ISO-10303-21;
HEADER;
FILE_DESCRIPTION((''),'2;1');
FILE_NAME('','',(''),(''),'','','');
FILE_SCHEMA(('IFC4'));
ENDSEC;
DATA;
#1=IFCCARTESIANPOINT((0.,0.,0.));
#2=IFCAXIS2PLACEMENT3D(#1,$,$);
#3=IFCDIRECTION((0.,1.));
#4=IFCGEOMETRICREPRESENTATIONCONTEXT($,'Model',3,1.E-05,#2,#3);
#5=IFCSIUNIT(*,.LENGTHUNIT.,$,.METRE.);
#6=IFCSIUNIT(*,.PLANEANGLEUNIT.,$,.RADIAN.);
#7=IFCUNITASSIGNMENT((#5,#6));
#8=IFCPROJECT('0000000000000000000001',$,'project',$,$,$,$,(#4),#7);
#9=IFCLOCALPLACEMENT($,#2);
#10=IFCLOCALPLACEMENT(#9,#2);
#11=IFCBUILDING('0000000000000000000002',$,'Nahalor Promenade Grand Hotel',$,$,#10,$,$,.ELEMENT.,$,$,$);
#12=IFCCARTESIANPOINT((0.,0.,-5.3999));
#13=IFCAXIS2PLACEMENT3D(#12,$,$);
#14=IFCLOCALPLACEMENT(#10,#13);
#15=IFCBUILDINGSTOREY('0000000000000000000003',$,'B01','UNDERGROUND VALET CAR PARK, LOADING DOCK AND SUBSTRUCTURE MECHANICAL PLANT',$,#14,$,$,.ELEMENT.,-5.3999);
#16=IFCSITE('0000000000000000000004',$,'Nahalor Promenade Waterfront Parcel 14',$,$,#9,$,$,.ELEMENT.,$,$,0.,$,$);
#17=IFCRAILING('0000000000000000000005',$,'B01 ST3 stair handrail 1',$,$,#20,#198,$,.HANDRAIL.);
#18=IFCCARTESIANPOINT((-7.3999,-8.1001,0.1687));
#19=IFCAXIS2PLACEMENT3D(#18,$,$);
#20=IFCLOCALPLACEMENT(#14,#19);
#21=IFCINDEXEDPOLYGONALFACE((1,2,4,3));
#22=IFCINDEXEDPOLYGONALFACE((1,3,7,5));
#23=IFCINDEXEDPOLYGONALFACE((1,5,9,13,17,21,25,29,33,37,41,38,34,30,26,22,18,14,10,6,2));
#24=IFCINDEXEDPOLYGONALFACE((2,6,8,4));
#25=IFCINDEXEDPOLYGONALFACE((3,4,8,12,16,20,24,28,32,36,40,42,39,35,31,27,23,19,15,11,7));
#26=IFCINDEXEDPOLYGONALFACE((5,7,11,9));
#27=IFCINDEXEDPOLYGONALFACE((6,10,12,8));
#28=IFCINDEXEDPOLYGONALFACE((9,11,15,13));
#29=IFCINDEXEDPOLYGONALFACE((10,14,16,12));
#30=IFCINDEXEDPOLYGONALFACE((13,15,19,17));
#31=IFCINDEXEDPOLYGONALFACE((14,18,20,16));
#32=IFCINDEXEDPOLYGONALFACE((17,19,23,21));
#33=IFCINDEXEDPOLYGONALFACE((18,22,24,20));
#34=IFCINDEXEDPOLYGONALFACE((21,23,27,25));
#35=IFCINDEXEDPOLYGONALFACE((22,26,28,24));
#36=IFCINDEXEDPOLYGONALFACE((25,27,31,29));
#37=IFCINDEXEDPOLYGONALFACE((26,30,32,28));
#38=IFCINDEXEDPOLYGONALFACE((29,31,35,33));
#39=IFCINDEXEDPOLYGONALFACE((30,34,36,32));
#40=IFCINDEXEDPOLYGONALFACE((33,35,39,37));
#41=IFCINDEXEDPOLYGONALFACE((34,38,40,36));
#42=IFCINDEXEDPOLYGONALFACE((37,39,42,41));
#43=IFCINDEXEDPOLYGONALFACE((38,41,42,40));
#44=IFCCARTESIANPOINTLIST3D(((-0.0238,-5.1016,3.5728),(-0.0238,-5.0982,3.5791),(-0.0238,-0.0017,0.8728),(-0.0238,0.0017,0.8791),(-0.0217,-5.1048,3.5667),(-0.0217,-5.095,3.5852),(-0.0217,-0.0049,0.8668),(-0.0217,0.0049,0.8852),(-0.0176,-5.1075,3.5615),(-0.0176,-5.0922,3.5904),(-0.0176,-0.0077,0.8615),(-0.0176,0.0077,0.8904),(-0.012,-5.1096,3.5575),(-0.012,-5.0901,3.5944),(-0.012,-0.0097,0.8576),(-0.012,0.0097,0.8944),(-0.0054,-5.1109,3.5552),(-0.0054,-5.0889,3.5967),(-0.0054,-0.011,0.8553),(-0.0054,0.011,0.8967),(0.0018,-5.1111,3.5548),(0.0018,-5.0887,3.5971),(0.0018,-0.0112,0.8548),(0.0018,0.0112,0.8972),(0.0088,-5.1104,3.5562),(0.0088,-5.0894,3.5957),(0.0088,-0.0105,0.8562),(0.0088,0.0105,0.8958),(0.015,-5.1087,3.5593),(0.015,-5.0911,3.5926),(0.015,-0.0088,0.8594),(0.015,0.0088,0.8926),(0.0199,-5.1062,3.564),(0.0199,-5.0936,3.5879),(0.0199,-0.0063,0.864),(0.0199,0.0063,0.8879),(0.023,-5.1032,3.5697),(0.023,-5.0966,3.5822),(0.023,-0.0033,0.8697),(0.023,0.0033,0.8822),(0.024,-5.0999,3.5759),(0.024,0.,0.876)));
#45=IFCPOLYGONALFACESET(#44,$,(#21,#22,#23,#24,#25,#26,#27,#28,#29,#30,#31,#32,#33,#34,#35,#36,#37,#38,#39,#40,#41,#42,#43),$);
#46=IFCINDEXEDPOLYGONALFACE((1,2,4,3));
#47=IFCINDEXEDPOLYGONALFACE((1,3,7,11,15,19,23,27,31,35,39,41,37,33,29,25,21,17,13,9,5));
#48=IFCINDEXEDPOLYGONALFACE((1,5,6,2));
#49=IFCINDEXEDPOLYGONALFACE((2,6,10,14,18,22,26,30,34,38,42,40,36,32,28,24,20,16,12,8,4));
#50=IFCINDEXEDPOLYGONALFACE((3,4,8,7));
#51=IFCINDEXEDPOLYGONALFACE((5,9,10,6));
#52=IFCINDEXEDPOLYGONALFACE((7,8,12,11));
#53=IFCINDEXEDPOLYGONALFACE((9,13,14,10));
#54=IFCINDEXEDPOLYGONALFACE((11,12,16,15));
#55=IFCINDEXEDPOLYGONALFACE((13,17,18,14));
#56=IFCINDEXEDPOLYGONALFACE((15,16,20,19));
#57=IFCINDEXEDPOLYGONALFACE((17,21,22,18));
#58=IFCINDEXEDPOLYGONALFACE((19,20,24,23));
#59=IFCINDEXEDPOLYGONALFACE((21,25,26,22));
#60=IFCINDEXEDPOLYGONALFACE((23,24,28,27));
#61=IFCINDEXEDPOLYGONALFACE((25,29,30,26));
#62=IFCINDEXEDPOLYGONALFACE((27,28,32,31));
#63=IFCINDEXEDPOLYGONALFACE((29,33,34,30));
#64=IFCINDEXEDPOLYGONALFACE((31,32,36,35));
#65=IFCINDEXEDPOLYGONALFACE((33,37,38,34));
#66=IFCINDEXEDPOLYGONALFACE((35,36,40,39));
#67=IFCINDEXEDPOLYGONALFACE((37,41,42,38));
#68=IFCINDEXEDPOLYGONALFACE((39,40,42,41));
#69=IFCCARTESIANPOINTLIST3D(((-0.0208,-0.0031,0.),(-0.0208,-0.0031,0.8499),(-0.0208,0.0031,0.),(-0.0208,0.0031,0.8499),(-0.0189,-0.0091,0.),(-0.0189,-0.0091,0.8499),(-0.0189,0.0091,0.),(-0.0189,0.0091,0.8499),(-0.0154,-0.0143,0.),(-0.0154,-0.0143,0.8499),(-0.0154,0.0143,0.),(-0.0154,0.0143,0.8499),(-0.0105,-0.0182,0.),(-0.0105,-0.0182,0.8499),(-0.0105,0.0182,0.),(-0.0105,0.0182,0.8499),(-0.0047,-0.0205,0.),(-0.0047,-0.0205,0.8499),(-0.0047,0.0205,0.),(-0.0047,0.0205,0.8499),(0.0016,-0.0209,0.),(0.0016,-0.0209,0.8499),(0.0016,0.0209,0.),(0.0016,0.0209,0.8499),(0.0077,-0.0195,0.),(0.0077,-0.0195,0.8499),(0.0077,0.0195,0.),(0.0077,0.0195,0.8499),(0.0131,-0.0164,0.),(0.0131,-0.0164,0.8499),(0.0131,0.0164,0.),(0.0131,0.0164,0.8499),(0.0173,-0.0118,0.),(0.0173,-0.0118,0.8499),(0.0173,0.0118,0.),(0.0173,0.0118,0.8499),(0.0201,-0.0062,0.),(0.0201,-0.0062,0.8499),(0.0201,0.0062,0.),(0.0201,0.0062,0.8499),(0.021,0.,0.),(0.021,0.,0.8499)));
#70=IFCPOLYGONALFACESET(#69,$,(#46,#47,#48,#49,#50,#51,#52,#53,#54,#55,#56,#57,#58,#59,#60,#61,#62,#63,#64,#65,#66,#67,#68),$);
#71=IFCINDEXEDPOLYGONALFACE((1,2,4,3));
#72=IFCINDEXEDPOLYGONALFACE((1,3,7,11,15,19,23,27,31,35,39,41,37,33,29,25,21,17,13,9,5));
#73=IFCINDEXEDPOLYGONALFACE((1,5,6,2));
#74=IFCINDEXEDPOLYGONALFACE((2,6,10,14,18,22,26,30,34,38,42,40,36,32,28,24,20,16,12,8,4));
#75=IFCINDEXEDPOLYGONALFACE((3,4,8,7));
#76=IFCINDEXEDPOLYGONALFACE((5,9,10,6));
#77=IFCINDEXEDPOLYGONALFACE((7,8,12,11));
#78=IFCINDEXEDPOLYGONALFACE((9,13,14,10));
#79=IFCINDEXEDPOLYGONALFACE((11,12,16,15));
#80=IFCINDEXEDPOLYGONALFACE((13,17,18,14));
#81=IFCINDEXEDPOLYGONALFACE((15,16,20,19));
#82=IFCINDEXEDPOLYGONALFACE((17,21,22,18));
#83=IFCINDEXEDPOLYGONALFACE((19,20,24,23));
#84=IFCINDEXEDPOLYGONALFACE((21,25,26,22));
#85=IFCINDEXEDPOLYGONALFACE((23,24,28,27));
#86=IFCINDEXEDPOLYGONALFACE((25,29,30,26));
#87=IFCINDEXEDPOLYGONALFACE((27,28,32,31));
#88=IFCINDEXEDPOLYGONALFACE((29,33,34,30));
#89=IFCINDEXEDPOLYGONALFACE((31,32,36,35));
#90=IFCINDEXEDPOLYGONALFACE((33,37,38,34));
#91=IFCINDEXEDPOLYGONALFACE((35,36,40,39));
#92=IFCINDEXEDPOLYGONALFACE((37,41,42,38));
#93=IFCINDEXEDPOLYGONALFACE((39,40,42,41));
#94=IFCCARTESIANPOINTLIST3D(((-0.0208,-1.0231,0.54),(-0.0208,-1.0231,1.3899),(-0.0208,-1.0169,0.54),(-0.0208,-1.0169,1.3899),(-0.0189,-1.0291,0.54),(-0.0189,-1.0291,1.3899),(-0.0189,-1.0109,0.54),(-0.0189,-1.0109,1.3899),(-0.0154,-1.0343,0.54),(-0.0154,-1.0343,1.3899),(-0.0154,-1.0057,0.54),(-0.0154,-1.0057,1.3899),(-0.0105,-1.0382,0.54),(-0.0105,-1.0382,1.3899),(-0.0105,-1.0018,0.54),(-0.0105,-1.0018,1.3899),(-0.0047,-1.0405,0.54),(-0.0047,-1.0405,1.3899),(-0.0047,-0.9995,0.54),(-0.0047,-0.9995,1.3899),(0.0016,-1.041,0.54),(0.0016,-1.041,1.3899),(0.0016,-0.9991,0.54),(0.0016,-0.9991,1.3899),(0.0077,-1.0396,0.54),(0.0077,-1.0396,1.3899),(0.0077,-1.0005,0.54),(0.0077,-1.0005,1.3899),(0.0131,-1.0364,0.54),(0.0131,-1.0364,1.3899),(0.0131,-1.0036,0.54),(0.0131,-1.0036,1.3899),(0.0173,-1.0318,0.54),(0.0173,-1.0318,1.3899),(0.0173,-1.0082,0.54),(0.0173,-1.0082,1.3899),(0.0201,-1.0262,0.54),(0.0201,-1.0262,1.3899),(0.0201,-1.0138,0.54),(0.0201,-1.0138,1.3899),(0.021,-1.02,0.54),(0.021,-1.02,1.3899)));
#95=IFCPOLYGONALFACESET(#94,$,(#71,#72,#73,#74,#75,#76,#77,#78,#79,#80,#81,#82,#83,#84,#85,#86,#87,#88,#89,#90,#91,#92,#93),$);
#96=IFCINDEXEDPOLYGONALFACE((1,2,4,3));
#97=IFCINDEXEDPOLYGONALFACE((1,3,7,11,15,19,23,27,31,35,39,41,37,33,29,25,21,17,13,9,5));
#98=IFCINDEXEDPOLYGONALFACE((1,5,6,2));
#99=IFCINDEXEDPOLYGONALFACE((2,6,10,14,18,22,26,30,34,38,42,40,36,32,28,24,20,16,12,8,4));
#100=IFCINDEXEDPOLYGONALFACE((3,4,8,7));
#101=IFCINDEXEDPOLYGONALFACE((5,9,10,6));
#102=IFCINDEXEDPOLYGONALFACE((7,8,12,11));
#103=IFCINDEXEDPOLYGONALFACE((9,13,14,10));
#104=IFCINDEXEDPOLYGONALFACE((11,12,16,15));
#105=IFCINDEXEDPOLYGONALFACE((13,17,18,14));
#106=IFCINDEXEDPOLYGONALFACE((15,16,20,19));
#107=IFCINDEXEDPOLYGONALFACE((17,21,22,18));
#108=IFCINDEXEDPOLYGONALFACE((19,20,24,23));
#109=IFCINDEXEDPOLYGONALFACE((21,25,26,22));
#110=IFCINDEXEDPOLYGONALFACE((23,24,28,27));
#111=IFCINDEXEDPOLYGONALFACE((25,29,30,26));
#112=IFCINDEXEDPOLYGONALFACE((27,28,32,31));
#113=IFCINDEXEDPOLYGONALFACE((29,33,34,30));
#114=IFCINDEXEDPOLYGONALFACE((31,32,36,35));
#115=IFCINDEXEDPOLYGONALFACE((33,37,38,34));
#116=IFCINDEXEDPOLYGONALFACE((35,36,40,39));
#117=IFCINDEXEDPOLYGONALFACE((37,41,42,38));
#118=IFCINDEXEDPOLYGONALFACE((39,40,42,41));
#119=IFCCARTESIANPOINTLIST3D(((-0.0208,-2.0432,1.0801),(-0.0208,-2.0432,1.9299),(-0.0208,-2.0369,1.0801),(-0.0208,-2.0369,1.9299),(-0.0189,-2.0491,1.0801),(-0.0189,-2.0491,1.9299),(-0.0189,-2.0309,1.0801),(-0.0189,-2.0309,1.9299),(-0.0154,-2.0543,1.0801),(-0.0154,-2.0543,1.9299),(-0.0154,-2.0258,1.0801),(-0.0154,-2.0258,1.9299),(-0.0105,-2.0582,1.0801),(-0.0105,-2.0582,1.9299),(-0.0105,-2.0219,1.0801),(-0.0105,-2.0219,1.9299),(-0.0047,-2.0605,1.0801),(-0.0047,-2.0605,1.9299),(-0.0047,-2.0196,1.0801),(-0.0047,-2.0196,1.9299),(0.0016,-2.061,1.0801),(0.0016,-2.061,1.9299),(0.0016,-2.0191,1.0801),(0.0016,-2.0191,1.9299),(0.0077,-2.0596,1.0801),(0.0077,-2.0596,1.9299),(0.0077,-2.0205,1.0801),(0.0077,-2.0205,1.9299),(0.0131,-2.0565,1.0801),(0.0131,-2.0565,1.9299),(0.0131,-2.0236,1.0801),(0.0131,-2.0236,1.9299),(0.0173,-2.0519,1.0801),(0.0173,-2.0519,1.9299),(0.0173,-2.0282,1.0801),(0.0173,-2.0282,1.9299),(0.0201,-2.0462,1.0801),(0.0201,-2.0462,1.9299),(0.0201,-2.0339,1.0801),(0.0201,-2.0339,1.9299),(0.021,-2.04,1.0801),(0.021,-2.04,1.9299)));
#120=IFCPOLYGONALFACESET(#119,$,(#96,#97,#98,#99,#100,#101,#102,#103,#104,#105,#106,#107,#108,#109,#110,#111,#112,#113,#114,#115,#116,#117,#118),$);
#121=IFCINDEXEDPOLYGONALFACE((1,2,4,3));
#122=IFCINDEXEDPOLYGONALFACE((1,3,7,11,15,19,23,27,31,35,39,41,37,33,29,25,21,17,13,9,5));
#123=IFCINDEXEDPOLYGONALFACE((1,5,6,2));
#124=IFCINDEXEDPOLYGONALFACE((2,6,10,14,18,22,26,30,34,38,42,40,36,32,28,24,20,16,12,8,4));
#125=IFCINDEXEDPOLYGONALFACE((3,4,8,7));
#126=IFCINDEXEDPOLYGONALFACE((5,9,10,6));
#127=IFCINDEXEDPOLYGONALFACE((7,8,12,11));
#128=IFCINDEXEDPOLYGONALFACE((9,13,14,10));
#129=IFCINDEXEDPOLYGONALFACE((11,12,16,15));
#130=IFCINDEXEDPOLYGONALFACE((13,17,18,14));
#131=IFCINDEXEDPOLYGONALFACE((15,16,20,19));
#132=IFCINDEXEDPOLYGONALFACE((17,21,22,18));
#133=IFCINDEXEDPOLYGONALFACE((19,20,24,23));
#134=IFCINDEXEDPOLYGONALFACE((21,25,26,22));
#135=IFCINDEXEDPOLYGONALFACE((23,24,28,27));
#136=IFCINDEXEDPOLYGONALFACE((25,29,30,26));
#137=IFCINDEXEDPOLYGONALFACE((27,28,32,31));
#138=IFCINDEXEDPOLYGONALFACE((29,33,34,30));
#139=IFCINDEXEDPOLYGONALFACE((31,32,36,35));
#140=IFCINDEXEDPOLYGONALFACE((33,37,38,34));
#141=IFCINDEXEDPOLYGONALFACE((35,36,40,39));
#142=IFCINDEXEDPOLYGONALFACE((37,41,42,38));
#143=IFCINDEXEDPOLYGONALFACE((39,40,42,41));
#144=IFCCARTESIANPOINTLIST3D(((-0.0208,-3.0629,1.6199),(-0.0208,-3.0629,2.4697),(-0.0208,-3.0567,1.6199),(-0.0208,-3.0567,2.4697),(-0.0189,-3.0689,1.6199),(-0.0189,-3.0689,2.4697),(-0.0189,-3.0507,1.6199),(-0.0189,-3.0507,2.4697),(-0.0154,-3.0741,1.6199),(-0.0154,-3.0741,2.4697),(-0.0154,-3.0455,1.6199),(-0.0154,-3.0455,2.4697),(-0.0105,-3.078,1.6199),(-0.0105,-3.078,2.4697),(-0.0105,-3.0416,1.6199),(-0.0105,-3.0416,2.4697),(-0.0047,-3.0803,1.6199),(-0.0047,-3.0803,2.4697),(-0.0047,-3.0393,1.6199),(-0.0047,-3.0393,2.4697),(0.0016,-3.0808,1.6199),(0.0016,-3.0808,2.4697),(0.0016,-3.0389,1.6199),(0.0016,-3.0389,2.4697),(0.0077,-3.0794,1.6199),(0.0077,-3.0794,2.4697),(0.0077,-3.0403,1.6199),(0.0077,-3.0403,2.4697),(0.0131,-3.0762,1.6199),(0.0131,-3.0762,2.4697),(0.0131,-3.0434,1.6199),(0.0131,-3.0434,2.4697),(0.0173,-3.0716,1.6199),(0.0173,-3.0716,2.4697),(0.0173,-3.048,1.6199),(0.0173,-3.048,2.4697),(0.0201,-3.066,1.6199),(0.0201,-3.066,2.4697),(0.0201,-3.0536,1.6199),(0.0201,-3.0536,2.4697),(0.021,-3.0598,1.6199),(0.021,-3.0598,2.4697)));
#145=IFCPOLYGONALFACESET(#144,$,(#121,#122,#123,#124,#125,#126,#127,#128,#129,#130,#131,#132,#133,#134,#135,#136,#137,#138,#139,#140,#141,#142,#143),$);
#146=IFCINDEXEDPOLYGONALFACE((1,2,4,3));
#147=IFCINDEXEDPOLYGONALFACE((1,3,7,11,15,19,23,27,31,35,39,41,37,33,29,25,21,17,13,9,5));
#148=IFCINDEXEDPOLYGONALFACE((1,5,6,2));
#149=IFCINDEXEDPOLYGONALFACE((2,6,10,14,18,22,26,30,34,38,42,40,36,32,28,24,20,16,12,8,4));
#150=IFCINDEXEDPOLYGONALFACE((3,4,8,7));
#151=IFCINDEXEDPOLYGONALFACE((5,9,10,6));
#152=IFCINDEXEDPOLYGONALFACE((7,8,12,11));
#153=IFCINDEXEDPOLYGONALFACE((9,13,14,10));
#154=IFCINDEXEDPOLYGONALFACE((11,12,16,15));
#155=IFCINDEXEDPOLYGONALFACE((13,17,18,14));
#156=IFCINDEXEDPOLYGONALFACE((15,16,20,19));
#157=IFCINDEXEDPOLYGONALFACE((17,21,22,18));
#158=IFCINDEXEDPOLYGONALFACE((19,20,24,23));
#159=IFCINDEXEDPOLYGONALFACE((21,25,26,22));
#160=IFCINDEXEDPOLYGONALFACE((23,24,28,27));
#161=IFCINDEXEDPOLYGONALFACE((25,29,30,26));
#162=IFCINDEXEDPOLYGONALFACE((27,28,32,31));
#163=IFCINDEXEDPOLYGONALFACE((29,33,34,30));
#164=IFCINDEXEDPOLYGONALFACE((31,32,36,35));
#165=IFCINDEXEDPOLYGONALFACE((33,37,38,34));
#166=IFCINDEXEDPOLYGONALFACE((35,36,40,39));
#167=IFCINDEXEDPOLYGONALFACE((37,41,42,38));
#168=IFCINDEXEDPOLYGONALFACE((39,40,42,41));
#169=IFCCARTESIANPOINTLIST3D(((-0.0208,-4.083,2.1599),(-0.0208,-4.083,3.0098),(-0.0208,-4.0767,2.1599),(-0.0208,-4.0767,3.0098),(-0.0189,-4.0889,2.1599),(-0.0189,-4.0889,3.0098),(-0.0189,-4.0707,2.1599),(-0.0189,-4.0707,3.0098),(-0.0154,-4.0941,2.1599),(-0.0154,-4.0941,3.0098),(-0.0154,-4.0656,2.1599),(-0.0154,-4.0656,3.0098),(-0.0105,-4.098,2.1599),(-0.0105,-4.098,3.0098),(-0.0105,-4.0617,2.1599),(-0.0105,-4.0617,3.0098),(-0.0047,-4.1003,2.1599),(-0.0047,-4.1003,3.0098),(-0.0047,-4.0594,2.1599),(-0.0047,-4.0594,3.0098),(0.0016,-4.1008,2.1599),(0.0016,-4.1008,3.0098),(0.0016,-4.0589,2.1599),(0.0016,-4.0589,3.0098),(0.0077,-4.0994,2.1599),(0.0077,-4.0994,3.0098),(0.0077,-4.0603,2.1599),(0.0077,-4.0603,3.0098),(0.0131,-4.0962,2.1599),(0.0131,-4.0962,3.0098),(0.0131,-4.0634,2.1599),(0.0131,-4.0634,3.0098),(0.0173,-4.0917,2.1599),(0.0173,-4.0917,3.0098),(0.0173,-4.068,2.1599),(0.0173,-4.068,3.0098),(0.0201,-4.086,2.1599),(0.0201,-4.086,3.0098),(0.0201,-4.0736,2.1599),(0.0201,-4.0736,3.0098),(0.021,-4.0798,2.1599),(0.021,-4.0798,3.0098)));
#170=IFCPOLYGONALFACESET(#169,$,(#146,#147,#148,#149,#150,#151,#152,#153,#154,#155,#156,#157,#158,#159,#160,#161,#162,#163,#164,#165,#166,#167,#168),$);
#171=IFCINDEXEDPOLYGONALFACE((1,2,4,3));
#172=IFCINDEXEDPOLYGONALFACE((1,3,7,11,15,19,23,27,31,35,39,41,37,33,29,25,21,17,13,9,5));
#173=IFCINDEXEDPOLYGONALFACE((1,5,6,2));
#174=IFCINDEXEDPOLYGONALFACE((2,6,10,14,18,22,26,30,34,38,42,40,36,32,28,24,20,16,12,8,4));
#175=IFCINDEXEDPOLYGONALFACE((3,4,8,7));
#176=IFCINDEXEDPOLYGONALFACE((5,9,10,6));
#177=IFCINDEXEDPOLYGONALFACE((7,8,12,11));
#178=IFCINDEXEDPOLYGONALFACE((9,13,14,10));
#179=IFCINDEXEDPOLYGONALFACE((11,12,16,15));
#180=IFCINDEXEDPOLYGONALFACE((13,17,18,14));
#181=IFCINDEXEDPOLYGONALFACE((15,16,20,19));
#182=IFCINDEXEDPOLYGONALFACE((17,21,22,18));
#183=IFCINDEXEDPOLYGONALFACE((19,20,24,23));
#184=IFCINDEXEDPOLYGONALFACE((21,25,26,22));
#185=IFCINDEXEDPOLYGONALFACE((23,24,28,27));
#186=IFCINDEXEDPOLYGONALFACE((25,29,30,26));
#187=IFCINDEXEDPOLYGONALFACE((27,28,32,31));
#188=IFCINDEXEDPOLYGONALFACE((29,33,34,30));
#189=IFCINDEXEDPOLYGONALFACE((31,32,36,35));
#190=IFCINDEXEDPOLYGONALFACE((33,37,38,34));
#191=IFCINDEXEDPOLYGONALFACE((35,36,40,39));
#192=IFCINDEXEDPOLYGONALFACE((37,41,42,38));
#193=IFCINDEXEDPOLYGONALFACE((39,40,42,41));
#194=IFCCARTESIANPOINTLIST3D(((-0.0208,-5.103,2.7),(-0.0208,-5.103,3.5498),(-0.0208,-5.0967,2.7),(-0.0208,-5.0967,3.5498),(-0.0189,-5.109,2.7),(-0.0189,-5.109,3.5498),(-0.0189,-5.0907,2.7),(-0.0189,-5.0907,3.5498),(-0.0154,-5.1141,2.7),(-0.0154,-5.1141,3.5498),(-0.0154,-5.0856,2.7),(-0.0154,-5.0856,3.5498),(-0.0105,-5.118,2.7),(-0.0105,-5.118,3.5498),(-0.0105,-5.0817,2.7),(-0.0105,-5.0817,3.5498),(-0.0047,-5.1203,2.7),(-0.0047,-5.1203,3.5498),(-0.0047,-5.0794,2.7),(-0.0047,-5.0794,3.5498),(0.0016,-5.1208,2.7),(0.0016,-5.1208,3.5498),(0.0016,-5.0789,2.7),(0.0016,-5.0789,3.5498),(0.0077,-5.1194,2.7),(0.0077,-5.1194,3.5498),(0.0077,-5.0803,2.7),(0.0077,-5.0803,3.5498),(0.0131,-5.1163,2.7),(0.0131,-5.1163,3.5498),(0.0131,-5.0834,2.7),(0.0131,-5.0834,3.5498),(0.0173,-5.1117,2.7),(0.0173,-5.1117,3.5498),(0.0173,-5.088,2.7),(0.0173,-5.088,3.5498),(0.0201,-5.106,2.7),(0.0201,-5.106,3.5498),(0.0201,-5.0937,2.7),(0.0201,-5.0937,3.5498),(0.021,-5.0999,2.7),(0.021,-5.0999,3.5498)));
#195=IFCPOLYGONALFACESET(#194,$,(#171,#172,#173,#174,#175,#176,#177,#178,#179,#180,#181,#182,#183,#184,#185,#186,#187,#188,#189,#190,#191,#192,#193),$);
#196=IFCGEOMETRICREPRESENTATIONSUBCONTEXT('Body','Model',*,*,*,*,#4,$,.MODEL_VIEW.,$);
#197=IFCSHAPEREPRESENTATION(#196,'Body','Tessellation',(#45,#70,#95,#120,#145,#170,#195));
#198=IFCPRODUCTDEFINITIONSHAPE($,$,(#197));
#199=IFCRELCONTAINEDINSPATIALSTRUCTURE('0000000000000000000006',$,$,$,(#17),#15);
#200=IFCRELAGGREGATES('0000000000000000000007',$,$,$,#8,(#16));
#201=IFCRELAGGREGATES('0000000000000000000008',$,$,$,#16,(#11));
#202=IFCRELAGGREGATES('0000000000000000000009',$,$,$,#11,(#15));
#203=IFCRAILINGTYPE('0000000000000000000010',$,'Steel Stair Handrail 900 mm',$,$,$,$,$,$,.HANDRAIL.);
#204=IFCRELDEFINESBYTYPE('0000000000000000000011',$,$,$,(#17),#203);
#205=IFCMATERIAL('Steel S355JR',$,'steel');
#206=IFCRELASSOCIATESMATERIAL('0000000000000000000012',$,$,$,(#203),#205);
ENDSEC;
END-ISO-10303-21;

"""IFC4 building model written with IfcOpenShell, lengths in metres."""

from ifc_helpers import new_model, si_unit, direction, frame, origin, origin_2d, place, context, subcontext, project, spatial, circle, extrude, material, type_object, element, save


model = new_model("IFC4")

# Units and contexts
model_context = context("Model", 3, precision=1e-05, world=origin(), true_north=direction((0.0, 1.0)))
body_context = subcontext(model_context, "Body", "Model", "MODEL_VIEW")
ifc_project = project(units=[si_unit("LENGTHUNIT", "METRE"), si_unit("PLANEANGLEUNIT", "RADIAN")], contexts=[model_context])

# Site, building, storey
site_placement = place(None, origin())
site = spatial("IfcSite", under=ifc_project, at=site_placement, Name="Nahalor Promenade Waterfront Parcel 14", CompositionType="ELEMENT", RefElevation=0.0)
building_placement = place(site_placement, origin())
building = spatial("IfcBuilding", under=site, at=building_placement, Name="Nahalor Promenade Grand Hotel", CompositionType="ELEMENT")
storey_placement = place(building_placement, frame((0.0, 0.0, -5.3999)))
storey = spatial("IfcBuildingStorey", under=building, at=storey_placement, Name="B01", Description="UNDERGROUND VALET CAR PARK, LOADING DOCK AND SUBSTRUCTURE MECHANICAL PLANT", CompositionType="ELEMENT", Elevation=-5.3999)

# Shared definitions
ifc_material_1 = material(Name="Steel S355JR", Category="steel")

# Railing
railing_type_1 = type_object("IfcRailingType", Name="Steel Stair Handrail 900 mm", PredefinedType="HANDRAIL", material=ifc_material_1)
railing_1_placement = place(storey_placement, frame((-7.3999, -8.1001, 0.1687)))
element("IfcRailing", 1, at=railing_1_placement, inside=storey, type_object=railing_type_1, Name="B01 ST3 stair handrail 1", PredefinedType="HANDRAIL", context=body_context, shape_type="SweptSolid", body=[
    extrude(circle(Radius=0.024, at=origin_2d()), frame((0.0, 0.0, 0.876), z_axis=(0.0, -0.883786, 0.467892), x_axis=(1.0, 0.0, 0.0)), (0.0, 0.0, 1.0), 5.7705),
    extrude(circle(Radius=0.021, at=origin_2d()), origin(), (0.0, 0.0, 1.0), 0.8499),
    extrude(circle(Radius=0.021, at=origin_2d()), frame((0.0, -1.02, 0.54)), (0.0, 0.0, 1.0), 0.8499),
    extrude(circle(Radius=0.021, at=origin_2d()), frame((0.0, -2.04, 1.0801)), (0.0, 0.0, 1.0), 0.8499),
    extrude(circle(Radius=0.021, at=origin_2d()), frame((0.0, -3.0598, 1.6199)), (0.0, 0.0, 1.0), 0.8499),
    extrude(circle(Radius=0.021, at=origin_2d()), frame((0.0, -4.0798, 2.1599)), (0.0, 0.0, 1.0), 0.8499),
    extrude(circle(Radius=0.021, at=origin_2d()), frame((0.0, -5.0999, 2.7)), (0.0, 0.0, 1.0), 0.8499),
])

save(model, "model.ifc")
